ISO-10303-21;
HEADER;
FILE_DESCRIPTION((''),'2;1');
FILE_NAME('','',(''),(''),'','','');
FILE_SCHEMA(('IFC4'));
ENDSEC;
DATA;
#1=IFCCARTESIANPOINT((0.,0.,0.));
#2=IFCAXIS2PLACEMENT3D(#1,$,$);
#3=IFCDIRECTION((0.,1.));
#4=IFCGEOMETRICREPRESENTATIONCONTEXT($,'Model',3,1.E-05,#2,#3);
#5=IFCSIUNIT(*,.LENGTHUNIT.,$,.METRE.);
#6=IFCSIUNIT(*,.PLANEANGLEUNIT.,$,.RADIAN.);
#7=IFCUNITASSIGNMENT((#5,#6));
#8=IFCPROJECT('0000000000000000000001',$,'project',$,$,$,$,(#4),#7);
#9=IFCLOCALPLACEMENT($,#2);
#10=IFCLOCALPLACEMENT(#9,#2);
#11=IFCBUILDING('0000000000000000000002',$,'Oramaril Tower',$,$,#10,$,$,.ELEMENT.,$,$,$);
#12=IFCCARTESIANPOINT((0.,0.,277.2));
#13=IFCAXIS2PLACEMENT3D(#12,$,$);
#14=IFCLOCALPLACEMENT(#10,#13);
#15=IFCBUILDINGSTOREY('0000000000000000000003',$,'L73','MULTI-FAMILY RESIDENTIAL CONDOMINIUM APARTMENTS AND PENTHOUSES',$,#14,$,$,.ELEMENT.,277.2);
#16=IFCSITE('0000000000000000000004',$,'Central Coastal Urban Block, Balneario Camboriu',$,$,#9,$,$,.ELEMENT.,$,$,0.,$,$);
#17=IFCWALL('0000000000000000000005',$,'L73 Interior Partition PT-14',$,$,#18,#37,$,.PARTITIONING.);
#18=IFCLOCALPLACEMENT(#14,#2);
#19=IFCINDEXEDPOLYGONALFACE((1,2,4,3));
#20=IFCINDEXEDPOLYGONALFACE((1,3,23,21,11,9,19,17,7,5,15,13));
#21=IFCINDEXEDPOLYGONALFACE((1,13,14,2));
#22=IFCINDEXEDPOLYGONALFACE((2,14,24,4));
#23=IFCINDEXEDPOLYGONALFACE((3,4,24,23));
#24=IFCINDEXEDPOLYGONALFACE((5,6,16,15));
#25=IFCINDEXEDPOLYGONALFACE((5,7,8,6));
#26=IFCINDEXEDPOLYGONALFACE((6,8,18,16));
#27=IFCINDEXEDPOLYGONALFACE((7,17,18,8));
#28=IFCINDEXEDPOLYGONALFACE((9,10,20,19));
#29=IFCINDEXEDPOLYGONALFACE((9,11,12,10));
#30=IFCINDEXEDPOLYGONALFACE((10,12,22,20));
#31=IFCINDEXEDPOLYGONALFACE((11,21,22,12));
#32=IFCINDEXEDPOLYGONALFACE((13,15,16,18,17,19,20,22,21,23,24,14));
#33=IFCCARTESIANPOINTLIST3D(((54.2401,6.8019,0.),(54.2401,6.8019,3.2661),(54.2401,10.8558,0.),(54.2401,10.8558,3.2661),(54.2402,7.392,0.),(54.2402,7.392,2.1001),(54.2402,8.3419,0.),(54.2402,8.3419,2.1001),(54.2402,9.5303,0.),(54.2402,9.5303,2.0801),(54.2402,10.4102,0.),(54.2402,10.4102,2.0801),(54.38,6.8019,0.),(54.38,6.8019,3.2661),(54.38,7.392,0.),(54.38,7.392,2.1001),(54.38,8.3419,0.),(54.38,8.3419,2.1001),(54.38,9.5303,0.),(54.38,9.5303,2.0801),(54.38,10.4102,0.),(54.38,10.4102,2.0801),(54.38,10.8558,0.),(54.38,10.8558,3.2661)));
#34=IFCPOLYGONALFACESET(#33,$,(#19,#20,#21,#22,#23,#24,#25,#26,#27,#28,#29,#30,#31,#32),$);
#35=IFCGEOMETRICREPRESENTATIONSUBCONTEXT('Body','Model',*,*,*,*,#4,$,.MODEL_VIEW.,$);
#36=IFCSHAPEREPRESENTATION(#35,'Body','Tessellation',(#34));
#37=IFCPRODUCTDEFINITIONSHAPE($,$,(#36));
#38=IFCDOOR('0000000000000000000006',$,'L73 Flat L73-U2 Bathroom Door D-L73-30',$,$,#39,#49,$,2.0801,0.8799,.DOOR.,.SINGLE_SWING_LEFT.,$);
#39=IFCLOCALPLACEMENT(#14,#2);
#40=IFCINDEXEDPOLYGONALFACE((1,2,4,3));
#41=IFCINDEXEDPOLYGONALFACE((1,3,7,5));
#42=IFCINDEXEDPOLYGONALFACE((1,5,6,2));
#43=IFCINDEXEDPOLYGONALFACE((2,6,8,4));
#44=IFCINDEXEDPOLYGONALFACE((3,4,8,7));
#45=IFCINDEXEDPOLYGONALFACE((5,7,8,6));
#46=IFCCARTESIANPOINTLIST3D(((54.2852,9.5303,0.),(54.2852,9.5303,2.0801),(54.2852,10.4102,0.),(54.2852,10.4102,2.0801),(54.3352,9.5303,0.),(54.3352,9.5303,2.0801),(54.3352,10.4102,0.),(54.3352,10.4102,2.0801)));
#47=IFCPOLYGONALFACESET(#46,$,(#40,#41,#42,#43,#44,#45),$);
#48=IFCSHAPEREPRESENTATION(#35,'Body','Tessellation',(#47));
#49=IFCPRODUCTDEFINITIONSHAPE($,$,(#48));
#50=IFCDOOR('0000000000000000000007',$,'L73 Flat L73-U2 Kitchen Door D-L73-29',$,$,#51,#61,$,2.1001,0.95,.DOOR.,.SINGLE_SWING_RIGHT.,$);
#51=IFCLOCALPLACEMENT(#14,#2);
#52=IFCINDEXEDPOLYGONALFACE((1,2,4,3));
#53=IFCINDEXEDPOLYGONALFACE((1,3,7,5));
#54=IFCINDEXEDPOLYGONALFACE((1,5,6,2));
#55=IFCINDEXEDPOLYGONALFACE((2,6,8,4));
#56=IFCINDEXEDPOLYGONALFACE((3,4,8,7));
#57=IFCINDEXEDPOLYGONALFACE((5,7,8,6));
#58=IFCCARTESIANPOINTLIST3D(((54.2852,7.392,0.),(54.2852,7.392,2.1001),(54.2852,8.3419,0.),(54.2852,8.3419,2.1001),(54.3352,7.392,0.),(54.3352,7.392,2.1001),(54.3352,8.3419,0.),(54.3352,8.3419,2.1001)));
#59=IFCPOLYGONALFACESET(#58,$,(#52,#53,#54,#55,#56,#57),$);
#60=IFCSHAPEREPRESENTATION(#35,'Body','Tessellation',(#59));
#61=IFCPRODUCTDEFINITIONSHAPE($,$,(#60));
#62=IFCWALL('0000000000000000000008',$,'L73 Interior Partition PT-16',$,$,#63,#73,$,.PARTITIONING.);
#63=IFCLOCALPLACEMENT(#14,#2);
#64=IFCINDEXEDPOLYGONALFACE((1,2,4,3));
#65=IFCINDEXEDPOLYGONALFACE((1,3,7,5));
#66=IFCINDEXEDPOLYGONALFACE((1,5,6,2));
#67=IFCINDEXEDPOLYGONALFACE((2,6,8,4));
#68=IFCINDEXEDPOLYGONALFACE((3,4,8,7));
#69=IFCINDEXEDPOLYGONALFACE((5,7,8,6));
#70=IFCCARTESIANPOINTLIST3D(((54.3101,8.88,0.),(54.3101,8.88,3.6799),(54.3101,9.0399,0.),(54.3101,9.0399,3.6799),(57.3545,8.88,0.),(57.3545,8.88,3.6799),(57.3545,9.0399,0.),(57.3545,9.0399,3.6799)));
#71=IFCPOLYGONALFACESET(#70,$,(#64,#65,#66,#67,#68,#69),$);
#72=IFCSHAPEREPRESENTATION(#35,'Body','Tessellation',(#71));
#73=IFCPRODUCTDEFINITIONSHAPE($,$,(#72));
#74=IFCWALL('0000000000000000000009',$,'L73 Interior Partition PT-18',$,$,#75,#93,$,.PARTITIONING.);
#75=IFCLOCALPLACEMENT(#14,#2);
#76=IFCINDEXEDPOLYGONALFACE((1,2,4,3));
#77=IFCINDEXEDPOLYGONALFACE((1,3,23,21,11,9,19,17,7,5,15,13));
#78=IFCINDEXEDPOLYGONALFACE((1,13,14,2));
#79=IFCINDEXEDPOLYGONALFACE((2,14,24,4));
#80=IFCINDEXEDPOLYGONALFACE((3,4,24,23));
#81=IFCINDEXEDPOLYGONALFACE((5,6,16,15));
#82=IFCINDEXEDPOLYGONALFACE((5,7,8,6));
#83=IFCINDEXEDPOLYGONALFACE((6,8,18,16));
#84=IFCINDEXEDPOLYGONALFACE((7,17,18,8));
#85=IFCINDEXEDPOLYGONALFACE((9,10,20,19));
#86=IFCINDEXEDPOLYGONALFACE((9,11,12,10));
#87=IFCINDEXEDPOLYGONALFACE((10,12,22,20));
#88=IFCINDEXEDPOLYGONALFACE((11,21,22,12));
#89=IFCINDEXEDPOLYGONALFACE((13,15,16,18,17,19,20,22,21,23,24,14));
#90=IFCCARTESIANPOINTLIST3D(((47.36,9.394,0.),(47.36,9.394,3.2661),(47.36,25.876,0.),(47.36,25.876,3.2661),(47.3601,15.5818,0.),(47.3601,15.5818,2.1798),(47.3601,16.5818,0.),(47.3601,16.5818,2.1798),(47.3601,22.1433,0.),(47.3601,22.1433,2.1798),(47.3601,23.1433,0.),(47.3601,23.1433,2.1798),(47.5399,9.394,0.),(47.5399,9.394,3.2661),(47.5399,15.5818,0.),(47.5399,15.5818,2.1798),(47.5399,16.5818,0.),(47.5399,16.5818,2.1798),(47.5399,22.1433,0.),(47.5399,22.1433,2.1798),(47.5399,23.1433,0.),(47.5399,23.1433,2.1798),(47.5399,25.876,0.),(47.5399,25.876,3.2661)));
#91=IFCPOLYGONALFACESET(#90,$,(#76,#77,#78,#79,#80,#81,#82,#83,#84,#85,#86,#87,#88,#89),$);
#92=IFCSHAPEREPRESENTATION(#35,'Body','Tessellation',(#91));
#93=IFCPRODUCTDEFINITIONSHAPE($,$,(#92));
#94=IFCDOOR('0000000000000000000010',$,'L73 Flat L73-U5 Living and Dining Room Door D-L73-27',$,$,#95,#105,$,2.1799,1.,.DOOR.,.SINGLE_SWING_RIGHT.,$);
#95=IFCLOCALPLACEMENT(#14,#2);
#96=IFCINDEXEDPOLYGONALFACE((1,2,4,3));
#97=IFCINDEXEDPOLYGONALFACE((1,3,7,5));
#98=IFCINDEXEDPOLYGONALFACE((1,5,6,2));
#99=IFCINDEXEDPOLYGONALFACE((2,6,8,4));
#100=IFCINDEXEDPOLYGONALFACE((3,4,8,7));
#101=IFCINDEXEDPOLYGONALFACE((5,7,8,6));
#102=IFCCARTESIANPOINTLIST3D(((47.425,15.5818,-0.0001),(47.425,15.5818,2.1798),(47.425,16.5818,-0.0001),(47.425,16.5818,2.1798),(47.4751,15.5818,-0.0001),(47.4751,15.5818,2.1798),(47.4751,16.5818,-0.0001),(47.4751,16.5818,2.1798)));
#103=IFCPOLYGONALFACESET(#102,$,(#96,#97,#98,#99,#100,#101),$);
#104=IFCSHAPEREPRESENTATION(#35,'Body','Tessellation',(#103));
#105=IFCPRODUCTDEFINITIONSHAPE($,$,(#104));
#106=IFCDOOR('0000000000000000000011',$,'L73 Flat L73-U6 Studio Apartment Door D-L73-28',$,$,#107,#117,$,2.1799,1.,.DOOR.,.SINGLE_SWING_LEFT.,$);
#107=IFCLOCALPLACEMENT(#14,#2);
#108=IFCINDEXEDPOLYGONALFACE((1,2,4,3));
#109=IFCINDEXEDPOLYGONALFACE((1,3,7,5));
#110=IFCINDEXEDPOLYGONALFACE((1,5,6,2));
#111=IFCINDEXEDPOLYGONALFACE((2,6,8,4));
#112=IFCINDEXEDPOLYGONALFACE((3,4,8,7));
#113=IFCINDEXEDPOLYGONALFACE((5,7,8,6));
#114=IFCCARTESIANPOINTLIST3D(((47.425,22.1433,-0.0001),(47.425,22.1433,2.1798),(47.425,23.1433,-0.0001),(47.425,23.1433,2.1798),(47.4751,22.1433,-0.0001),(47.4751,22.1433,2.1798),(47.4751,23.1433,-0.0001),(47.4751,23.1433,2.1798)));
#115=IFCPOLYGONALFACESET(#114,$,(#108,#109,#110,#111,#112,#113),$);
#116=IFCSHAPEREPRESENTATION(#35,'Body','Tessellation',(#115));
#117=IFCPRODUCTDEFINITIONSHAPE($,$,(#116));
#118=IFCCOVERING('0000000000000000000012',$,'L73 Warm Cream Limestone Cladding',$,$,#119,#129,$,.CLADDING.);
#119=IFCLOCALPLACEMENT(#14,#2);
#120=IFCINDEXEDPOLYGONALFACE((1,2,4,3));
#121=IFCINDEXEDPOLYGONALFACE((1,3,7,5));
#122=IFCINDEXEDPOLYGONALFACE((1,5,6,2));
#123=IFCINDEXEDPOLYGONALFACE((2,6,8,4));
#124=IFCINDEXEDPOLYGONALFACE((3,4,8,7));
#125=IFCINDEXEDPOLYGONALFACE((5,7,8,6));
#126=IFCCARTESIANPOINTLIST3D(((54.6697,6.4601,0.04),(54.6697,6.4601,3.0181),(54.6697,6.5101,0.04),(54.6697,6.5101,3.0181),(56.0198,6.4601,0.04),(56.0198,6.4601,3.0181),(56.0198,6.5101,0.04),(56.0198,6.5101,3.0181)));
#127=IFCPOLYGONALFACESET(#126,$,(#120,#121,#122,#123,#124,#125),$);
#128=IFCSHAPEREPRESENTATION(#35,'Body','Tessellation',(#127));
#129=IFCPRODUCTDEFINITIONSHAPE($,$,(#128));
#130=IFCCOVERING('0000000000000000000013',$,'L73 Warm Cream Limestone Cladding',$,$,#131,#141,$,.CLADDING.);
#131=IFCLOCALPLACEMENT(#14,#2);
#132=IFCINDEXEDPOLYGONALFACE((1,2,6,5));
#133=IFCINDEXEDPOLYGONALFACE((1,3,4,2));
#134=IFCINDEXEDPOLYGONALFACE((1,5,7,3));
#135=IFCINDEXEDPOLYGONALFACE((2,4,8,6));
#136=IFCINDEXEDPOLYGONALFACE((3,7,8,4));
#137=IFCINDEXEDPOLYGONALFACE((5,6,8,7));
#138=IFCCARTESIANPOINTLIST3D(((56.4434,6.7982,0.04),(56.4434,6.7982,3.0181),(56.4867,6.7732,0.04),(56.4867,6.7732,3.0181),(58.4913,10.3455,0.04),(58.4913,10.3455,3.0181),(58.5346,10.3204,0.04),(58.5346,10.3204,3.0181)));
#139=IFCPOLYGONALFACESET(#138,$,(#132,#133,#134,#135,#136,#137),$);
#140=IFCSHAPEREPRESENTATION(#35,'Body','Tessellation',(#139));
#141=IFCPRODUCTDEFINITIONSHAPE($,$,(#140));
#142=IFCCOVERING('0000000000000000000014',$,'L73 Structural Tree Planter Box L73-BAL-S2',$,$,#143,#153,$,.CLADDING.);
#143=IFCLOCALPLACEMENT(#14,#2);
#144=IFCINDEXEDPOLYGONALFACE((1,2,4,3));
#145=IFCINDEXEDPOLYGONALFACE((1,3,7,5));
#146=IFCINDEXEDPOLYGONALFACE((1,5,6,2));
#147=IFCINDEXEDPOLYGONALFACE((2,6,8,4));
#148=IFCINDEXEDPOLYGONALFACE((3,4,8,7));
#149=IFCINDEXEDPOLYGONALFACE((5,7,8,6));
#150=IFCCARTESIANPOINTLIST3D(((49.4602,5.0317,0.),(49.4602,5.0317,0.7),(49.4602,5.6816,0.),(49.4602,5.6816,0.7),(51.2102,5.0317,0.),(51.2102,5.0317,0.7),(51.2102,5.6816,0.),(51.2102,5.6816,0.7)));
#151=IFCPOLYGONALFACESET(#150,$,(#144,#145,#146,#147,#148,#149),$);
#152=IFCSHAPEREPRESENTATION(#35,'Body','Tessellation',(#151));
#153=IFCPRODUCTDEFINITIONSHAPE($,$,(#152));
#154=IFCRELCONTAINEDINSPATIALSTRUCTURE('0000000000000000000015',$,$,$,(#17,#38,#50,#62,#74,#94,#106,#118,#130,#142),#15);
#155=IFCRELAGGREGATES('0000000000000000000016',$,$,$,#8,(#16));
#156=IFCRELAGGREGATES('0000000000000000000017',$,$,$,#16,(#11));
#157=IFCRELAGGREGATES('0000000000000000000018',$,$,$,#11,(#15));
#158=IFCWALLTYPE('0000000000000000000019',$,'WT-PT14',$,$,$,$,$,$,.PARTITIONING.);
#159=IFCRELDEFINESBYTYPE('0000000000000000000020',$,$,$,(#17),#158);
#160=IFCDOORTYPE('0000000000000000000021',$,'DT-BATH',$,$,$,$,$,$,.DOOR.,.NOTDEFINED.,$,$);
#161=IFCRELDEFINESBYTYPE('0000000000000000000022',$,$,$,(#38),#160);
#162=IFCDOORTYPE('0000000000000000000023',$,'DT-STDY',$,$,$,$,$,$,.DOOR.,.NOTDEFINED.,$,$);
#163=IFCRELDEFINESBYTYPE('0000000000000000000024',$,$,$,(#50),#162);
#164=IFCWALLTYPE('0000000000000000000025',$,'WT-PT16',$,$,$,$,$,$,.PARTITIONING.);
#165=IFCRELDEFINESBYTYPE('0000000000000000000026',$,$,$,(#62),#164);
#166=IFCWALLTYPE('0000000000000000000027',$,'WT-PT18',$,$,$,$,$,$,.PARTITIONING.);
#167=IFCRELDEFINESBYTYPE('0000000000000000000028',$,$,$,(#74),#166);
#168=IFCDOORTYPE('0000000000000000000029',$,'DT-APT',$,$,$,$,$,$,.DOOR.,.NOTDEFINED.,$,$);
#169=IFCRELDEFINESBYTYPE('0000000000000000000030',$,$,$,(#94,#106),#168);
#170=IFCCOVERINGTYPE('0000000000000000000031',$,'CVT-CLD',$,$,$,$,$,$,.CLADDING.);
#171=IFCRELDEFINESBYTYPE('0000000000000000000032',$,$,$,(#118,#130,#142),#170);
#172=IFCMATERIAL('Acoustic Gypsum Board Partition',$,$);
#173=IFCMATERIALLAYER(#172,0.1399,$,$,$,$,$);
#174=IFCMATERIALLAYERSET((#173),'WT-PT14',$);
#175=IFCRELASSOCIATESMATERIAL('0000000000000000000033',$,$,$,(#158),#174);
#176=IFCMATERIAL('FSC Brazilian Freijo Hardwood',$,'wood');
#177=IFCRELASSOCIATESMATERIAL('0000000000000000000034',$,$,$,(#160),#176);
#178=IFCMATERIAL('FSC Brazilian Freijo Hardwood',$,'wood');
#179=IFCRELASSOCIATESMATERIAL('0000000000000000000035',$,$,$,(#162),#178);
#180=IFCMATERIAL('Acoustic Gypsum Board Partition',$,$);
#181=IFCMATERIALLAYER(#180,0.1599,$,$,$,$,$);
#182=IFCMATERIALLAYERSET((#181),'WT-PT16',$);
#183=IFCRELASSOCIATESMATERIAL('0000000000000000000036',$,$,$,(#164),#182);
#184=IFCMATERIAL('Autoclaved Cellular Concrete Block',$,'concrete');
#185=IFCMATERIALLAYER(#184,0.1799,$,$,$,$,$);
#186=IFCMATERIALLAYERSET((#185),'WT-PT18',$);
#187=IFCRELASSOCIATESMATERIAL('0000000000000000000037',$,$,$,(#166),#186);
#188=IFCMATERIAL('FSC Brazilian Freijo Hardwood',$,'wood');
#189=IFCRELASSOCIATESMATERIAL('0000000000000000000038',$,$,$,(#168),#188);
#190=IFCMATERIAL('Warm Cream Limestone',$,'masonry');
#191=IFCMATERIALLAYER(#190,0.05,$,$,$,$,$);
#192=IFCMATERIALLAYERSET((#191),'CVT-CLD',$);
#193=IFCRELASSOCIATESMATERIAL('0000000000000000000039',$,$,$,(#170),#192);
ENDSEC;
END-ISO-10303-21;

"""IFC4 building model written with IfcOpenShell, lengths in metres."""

from ifc_helpers import new_model, si_unit, direction, frame, frame_2d, origin, origin_2d, place, context, subcontext, project, spatial, rectangle, extrude, material, layer, layer_set, type_object, element, fill, save


model = new_model("IFC4")

# Units and contexts
model_context = context("Model", 3, precision=1e-05, world=origin(), true_north=direction((0.0, 1.0)))
body_context = subcontext(model_context, "Body", "Model", "MODEL_VIEW")
ifc_project = project(units=[si_unit("LENGTHUNIT", "METRE"), si_unit("PLANEANGLEUNIT", "RADIAN")], contexts=[model_context])

# Site, building, storey
site_placement = place(None, origin())
site = spatial("IfcSite", under=ifc_project, at=site_placement, Name="Central Coastal Urban Block, Balneario Camboriu", CompositionType="ELEMENT", RefElevation=0.0)
building_placement = place(site_placement, origin())
building = spatial("IfcBuilding", under=site, at=building_placement, Name="Oramaril Tower", CompositionType="ELEMENT")
storey_placement = place(building_placement, frame((0.0, 0.0, 277.2)))
storey = spatial("IfcBuildingStorey", under=building, at=storey_placement, Name="L73", Description="MULTI-FAMILY RESIDENTIAL CONDOMINIUM APARTMENTS AND PENTHOUSES", CompositionType="ELEMENT", Elevation=277.2)

# Wall, openings, doors
ifc_material_1 = material(Name="Acoustic Gypsum Board Partition")
ifc_layer_1 = layer(ifc_material_1, 0.1399)
ifc_layer_set_1 = layer_set([ifc_layer_1], Name="WT-PT14")
wall_type_1 = type_object("IfcWallType", Name="WT-PT14", PredefinedType="PARTITIONING", material=ifc_layer_set_1)
wall_1_placement = place(storey_placement, frame((54.3101, 6.802, 0.0), z_axis=(0.0, 0.0, 1.0), x_axis=(0.0, 1.0, 0.0)))
wall_1 = element("IfcWall", 1, at=wall_1_placement, inside=storey, type_object=wall_type_1, Name="L73 Interior Partition PT-14", PredefinedType="PARTITIONING", context=body_context, shape_type="SweptSolid", body=[
    extrude(rectangle(XDim=4.054, YDim=0.1399, at=frame_2d((2.0269, 0.0))), origin(), (0.0, 0.0, 1.0), 3.2661),
])
opening_1_placement = place(wall_1_placement, frame((0.5898, 0.0, 0.0)))
opening_1 = element("IfcOpeningElement", 2, at=opening_1_placement, cuts=wall_1, PredefinedType="OPENING", context=body_context, shape_type="SweptSolid", body=[
    extrude(rectangle(XDim=0.95, YDim=2.1001, at=frame_2d((0.4751, 1.05))), frame((0.0, 0.0698, 0.0), z_axis=(0.0, -1.0, 0.0), x_axis=(1.0, 0.0, 0.0)), (0.0, 0.0, 1.0), 0.1399),
])
opening_2_placement = place(wall_1_placement, frame((2.7283, 0.0, 0.0)))
opening_2 = element("IfcOpeningElement", 3, at=opening_2_placement, cuts=wall_1, PredefinedType="OPENING", context=body_context, shape_type="SweptSolid", body=[
    extrude(rectangle(XDim=0.8799, YDim=2.0801, at=frame_2d((0.4399, 1.04))), frame((0.0, 0.0698, 0.0), z_axis=(0.0, -1.0, 0.0), x_axis=(1.0, 0.0, 0.0)), (0.0, 0.0, 1.0), 0.1399),
])
ifc_material_2 = material(Name="FSC Brazilian Freijo Hardwood", Category="wood")
door_type_1 = type_object("IfcDoorType", Name="DT-BATH", OperationType="NOTDEFINED", PredefinedType="DOOR", material=ifc_material_2)
door_1_placement = place(opening_2_placement, origin())
door_1 = element("IfcDoor", 4, at=door_1_placement, inside=storey, type_object=door_type_1, Name="L73 Flat L73-U2 Bathroom Door D-L73-30", OperationType="SINGLE_SWING_LEFT", OverallHeight=2.0801, OverallWidth=0.8799, PredefinedType="DOOR", context=body_context, shape_type="SweptSolid", body=[
    extrude(rectangle(XDim=0.8799, YDim=2.0801, at=frame_2d((0.4399, 1.04))), frame((0.0, 0.0249, 0.0), z_axis=(0.0, -1.0, 0.0), x_axis=(1.0, 0.0, 0.0)), (0.0, 0.0, 1.0), 0.05),
])
fill(opening_2, door_1)
ifc_material_3 = material(Name="FSC Brazilian Freijo Hardwood", Category="wood")
door_type_2 = type_object("IfcDoorType", Name="DT-STDY", OperationType="NOTDEFINED", PredefinedType="DOOR", material=ifc_material_3)
door_2_placement = place(opening_1_placement, origin())
door_2 = element("IfcDoor", 5, at=door_2_placement, inside=storey, type_object=door_type_2, Name="L73 Flat L73-U2 Kitchen Door D-L73-29", OperationType="SINGLE_SWING_RIGHT", OverallHeight=2.1001, OverallWidth=0.95, PredefinedType="DOOR", context=body_context, shape_type="SweptSolid", body=[
    extrude(rectangle(XDim=0.95, YDim=2.1001, at=frame_2d((0.4751, 1.05))), frame((0.0, 0.0249, 0.0), z_axis=(0.0, -1.0, 0.0), x_axis=(1.0, 0.0, 0.0)), (0.0, 0.0, 1.0), 0.05),
])
fill(opening_1, door_2)

# Wall
ifc_material_4 = material(Name="Acoustic Gypsum Board Partition")
ifc_layer_2 = layer(ifc_material_4, 0.1599)
ifc_layer_set_2 = layer_set([ifc_layer_2], Name="WT-PT16")
wall_type_2 = type_object("IfcWallType", Name="WT-PT16", PredefinedType="PARTITIONING", material=ifc_layer_set_2)
wall_2_placement = place(storey_placement, frame((54.3101, 8.96, 0.0), z_axis=(0.0, 0.0, 1.0), x_axis=(1.0, 0.0, 0.0)))
element("IfcWall", 6, at=wall_2_placement, inside=storey, type_object=wall_type_2, Name="L73 Interior Partition PT-16", PredefinedType="PARTITIONING", context=body_context, shape_type="SweptSolid", body=[
    extrude(rectangle(XDim=3.0444, YDim=0.1599, at=frame_2d((1.5222, 0.0))), origin(), (0.0, 0.0, 1.0), 3.6799),
])

# Wall, openings, doors
ifc_material_5 = material(Name="Autoclaved Cellular Concrete Block", Category="concrete")
ifc_layer_3 = layer(ifc_material_5, 0.1799)
ifc_layer_set_3 = layer_set([ifc_layer_3], Name="WT-PT18")
wall_type_3 = type_object("IfcWallType", Name="WT-PT18", PredefinedType="PARTITIONING", material=ifc_layer_set_3)
wall_3_placement = place(storey_placement, frame((47.45, 9.394, 0.0), z_axis=(0.0, 0.0, 1.0), x_axis=(0.0, 1.0, 0.0)))
wall_3 = element("IfcWall", 7, at=wall_3_placement, inside=storey, type_object=wall_type_3, Name="L73 Interior Partition PT-18", PredefinedType="PARTITIONING", context=body_context, shape_type="SweptSolid", body=[
    extrude(rectangle(XDim=16.4819, YDim=0.1799, at=frame_2d((8.241, 0.0))), origin(), (0.0, 0.0, 1.0), 3.2661),
])
opening_3_placement = place(wall_3_placement, frame((6.1877, 0.0, 0.0)))
opening_3 = element("IfcOpeningElement", 8, at=opening_3_placement, cuts=wall_3, PredefinedType="OPENING", context=body_context, shape_type="SweptSolid", body=[
    extrude(rectangle(XDim=1.0, YDim=2.1799, at=frame_2d((0.5, 1.0898))), frame((0.0, 0.0898, 0.0), z_axis=(0.0, -1.0, 0.0), x_axis=(1.0, 0.0, 0.0)), (0.0, 0.0, 1.0), 0.1799),
])
opening_4_placement = place(wall_3_placement, frame((12.7493, 0.0, 0.0)))
opening_4 = element("IfcOpeningElement", 9, at=opening_4_placement, cuts=wall_3, PredefinedType="OPENING", context=body_context, shape_type="SweptSolid", body=[
    extrude(rectangle(XDim=1.0, YDim=2.1799, at=frame_2d((0.5, 1.0898))), frame((0.0, 0.0898, 0.0), z_axis=(0.0, -1.0, 0.0), x_axis=(1.0, 0.0, 0.0)), (0.0, 0.0, 1.0), 0.1799),
])
ifc_material_6 = material(Name="FSC Brazilian Freijo Hardwood", Category="wood")
door_type_3 = type_object("IfcDoorType", Name="DT-APT", OperationType="NOTDEFINED", PredefinedType="DOOR", material=ifc_material_6)
door_3_placement = place(opening_3_placement, origin())
door_3 = element("IfcDoor", 10, at=door_3_placement, inside=storey, type_object=door_type_3, Name="L73 Flat L73-U5 Living and Dining Room Door D-L73-27", OperationType="SINGLE_SWING_RIGHT", OverallHeight=2.1799, OverallWidth=1.0, PredefinedType="DOOR", context=body_context, shape_type="SweptSolid", body=[
    extrude(rectangle(XDim=1.0, YDim=2.1799, at=frame_2d((0.5, 1.0898))), frame((0.0, 0.0249, 0.0), z_axis=(0.0, -1.0, 0.0), x_axis=(1.0, 0.0, 0.0)), (0.0, 0.0, 1.0), 0.05),
])
fill(opening_3, door_3)
door_4_placement = place(opening_4_placement, origin())
door_4 = element("IfcDoor", 11, at=door_4_placement, inside=storey, type_object=door_type_3, Name="L73 Flat L73-U6 Studio Apartment Door D-L73-28", OperationType="SINGLE_SWING_LEFT", OverallHeight=2.1799, OverallWidth=1.0, PredefinedType="DOOR", context=body_context, shape_type="SweptSolid", body=[
    extrude(rectangle(XDim=1.0, YDim=2.1799, at=frame_2d((0.5, 1.0898))), frame((0.0, 0.0249, 0.0), z_axis=(0.0, -1.0, 0.0), x_axis=(1.0, 0.0, 0.0)), (0.0, 0.0, 1.0), 0.05),
])
fill(opening_4, door_4)

# Coverings
ifc_material_7 = material(Name="Warm Cream Limestone", Category="masonry")
ifc_layer_4 = layer(ifc_material_7, 0.05)
ifc_layer_set_4 = layer_set([ifc_layer_4], Name="CVT-CLD")
covering_type = type_object("IfcCoveringType", Name="CVT-CLD", PredefinedType="CLADDING", material=ifc_layer_set_4)
covering_1_placement = place(storey_placement, frame((55.3447, 6.4851, 0.04), z_axis=(0.0, 0.0, 1.0), x_axis=(1.0, 0.0, 0.0)))
element("IfcCovering", 12, at=covering_1_placement, inside=storey, type_object=covering_type, Name="L73 Warm Cream Limestone Cladding", PredefinedType="CLADDING", context=body_context, shape_type="SweptSolid", body=[
    extrude(rectangle(XDim=1.3501, YDim=0.05, at=origin_2d()), origin(), (0.0, 0.0, 1.0), 2.978),
])
covering_2_placement = place(storey_placement, frame((57.489, 8.5593, 0.04), z_axis=(0.0, 0.0, 1.0), x_axis=(0.499979, 0.866038, 0.0)))
element("IfcCovering", 13, at=covering_2_placement, inside=storey, type_object=covering_type, Name="L73 Warm Cream Limestone Cladding", PredefinedType="CLADDING", context=body_context, shape_type="SweptSolid", body=[
    extrude(rectangle(XDim=4.0959, YDim=0.05, at=origin_2d()), origin(), (0.0, 0.0, 1.0), 2.978),
])
covering_3_placement = place(storey_placement, frame((50.3352, 5.3567, 0.0), z_axis=(0.0, 0.0, 1.0), x_axis=(1.0, 0.0, 0.0)))
element("IfcCovering", 14, at=covering_3_placement, inside=storey, type_object=covering_type, Name="L73 Structural Tree Planter Box L73-BAL-S2", PredefinedType="CLADDING", context=body_context, shape_type="SweptSolid", body=[
    extrude(rectangle(XDim=1.75, YDim=0.6499, at=origin_2d()), origin(), (0.0, 0.0, 1.0), 0.7),
])

save(model, "model.ifc")
